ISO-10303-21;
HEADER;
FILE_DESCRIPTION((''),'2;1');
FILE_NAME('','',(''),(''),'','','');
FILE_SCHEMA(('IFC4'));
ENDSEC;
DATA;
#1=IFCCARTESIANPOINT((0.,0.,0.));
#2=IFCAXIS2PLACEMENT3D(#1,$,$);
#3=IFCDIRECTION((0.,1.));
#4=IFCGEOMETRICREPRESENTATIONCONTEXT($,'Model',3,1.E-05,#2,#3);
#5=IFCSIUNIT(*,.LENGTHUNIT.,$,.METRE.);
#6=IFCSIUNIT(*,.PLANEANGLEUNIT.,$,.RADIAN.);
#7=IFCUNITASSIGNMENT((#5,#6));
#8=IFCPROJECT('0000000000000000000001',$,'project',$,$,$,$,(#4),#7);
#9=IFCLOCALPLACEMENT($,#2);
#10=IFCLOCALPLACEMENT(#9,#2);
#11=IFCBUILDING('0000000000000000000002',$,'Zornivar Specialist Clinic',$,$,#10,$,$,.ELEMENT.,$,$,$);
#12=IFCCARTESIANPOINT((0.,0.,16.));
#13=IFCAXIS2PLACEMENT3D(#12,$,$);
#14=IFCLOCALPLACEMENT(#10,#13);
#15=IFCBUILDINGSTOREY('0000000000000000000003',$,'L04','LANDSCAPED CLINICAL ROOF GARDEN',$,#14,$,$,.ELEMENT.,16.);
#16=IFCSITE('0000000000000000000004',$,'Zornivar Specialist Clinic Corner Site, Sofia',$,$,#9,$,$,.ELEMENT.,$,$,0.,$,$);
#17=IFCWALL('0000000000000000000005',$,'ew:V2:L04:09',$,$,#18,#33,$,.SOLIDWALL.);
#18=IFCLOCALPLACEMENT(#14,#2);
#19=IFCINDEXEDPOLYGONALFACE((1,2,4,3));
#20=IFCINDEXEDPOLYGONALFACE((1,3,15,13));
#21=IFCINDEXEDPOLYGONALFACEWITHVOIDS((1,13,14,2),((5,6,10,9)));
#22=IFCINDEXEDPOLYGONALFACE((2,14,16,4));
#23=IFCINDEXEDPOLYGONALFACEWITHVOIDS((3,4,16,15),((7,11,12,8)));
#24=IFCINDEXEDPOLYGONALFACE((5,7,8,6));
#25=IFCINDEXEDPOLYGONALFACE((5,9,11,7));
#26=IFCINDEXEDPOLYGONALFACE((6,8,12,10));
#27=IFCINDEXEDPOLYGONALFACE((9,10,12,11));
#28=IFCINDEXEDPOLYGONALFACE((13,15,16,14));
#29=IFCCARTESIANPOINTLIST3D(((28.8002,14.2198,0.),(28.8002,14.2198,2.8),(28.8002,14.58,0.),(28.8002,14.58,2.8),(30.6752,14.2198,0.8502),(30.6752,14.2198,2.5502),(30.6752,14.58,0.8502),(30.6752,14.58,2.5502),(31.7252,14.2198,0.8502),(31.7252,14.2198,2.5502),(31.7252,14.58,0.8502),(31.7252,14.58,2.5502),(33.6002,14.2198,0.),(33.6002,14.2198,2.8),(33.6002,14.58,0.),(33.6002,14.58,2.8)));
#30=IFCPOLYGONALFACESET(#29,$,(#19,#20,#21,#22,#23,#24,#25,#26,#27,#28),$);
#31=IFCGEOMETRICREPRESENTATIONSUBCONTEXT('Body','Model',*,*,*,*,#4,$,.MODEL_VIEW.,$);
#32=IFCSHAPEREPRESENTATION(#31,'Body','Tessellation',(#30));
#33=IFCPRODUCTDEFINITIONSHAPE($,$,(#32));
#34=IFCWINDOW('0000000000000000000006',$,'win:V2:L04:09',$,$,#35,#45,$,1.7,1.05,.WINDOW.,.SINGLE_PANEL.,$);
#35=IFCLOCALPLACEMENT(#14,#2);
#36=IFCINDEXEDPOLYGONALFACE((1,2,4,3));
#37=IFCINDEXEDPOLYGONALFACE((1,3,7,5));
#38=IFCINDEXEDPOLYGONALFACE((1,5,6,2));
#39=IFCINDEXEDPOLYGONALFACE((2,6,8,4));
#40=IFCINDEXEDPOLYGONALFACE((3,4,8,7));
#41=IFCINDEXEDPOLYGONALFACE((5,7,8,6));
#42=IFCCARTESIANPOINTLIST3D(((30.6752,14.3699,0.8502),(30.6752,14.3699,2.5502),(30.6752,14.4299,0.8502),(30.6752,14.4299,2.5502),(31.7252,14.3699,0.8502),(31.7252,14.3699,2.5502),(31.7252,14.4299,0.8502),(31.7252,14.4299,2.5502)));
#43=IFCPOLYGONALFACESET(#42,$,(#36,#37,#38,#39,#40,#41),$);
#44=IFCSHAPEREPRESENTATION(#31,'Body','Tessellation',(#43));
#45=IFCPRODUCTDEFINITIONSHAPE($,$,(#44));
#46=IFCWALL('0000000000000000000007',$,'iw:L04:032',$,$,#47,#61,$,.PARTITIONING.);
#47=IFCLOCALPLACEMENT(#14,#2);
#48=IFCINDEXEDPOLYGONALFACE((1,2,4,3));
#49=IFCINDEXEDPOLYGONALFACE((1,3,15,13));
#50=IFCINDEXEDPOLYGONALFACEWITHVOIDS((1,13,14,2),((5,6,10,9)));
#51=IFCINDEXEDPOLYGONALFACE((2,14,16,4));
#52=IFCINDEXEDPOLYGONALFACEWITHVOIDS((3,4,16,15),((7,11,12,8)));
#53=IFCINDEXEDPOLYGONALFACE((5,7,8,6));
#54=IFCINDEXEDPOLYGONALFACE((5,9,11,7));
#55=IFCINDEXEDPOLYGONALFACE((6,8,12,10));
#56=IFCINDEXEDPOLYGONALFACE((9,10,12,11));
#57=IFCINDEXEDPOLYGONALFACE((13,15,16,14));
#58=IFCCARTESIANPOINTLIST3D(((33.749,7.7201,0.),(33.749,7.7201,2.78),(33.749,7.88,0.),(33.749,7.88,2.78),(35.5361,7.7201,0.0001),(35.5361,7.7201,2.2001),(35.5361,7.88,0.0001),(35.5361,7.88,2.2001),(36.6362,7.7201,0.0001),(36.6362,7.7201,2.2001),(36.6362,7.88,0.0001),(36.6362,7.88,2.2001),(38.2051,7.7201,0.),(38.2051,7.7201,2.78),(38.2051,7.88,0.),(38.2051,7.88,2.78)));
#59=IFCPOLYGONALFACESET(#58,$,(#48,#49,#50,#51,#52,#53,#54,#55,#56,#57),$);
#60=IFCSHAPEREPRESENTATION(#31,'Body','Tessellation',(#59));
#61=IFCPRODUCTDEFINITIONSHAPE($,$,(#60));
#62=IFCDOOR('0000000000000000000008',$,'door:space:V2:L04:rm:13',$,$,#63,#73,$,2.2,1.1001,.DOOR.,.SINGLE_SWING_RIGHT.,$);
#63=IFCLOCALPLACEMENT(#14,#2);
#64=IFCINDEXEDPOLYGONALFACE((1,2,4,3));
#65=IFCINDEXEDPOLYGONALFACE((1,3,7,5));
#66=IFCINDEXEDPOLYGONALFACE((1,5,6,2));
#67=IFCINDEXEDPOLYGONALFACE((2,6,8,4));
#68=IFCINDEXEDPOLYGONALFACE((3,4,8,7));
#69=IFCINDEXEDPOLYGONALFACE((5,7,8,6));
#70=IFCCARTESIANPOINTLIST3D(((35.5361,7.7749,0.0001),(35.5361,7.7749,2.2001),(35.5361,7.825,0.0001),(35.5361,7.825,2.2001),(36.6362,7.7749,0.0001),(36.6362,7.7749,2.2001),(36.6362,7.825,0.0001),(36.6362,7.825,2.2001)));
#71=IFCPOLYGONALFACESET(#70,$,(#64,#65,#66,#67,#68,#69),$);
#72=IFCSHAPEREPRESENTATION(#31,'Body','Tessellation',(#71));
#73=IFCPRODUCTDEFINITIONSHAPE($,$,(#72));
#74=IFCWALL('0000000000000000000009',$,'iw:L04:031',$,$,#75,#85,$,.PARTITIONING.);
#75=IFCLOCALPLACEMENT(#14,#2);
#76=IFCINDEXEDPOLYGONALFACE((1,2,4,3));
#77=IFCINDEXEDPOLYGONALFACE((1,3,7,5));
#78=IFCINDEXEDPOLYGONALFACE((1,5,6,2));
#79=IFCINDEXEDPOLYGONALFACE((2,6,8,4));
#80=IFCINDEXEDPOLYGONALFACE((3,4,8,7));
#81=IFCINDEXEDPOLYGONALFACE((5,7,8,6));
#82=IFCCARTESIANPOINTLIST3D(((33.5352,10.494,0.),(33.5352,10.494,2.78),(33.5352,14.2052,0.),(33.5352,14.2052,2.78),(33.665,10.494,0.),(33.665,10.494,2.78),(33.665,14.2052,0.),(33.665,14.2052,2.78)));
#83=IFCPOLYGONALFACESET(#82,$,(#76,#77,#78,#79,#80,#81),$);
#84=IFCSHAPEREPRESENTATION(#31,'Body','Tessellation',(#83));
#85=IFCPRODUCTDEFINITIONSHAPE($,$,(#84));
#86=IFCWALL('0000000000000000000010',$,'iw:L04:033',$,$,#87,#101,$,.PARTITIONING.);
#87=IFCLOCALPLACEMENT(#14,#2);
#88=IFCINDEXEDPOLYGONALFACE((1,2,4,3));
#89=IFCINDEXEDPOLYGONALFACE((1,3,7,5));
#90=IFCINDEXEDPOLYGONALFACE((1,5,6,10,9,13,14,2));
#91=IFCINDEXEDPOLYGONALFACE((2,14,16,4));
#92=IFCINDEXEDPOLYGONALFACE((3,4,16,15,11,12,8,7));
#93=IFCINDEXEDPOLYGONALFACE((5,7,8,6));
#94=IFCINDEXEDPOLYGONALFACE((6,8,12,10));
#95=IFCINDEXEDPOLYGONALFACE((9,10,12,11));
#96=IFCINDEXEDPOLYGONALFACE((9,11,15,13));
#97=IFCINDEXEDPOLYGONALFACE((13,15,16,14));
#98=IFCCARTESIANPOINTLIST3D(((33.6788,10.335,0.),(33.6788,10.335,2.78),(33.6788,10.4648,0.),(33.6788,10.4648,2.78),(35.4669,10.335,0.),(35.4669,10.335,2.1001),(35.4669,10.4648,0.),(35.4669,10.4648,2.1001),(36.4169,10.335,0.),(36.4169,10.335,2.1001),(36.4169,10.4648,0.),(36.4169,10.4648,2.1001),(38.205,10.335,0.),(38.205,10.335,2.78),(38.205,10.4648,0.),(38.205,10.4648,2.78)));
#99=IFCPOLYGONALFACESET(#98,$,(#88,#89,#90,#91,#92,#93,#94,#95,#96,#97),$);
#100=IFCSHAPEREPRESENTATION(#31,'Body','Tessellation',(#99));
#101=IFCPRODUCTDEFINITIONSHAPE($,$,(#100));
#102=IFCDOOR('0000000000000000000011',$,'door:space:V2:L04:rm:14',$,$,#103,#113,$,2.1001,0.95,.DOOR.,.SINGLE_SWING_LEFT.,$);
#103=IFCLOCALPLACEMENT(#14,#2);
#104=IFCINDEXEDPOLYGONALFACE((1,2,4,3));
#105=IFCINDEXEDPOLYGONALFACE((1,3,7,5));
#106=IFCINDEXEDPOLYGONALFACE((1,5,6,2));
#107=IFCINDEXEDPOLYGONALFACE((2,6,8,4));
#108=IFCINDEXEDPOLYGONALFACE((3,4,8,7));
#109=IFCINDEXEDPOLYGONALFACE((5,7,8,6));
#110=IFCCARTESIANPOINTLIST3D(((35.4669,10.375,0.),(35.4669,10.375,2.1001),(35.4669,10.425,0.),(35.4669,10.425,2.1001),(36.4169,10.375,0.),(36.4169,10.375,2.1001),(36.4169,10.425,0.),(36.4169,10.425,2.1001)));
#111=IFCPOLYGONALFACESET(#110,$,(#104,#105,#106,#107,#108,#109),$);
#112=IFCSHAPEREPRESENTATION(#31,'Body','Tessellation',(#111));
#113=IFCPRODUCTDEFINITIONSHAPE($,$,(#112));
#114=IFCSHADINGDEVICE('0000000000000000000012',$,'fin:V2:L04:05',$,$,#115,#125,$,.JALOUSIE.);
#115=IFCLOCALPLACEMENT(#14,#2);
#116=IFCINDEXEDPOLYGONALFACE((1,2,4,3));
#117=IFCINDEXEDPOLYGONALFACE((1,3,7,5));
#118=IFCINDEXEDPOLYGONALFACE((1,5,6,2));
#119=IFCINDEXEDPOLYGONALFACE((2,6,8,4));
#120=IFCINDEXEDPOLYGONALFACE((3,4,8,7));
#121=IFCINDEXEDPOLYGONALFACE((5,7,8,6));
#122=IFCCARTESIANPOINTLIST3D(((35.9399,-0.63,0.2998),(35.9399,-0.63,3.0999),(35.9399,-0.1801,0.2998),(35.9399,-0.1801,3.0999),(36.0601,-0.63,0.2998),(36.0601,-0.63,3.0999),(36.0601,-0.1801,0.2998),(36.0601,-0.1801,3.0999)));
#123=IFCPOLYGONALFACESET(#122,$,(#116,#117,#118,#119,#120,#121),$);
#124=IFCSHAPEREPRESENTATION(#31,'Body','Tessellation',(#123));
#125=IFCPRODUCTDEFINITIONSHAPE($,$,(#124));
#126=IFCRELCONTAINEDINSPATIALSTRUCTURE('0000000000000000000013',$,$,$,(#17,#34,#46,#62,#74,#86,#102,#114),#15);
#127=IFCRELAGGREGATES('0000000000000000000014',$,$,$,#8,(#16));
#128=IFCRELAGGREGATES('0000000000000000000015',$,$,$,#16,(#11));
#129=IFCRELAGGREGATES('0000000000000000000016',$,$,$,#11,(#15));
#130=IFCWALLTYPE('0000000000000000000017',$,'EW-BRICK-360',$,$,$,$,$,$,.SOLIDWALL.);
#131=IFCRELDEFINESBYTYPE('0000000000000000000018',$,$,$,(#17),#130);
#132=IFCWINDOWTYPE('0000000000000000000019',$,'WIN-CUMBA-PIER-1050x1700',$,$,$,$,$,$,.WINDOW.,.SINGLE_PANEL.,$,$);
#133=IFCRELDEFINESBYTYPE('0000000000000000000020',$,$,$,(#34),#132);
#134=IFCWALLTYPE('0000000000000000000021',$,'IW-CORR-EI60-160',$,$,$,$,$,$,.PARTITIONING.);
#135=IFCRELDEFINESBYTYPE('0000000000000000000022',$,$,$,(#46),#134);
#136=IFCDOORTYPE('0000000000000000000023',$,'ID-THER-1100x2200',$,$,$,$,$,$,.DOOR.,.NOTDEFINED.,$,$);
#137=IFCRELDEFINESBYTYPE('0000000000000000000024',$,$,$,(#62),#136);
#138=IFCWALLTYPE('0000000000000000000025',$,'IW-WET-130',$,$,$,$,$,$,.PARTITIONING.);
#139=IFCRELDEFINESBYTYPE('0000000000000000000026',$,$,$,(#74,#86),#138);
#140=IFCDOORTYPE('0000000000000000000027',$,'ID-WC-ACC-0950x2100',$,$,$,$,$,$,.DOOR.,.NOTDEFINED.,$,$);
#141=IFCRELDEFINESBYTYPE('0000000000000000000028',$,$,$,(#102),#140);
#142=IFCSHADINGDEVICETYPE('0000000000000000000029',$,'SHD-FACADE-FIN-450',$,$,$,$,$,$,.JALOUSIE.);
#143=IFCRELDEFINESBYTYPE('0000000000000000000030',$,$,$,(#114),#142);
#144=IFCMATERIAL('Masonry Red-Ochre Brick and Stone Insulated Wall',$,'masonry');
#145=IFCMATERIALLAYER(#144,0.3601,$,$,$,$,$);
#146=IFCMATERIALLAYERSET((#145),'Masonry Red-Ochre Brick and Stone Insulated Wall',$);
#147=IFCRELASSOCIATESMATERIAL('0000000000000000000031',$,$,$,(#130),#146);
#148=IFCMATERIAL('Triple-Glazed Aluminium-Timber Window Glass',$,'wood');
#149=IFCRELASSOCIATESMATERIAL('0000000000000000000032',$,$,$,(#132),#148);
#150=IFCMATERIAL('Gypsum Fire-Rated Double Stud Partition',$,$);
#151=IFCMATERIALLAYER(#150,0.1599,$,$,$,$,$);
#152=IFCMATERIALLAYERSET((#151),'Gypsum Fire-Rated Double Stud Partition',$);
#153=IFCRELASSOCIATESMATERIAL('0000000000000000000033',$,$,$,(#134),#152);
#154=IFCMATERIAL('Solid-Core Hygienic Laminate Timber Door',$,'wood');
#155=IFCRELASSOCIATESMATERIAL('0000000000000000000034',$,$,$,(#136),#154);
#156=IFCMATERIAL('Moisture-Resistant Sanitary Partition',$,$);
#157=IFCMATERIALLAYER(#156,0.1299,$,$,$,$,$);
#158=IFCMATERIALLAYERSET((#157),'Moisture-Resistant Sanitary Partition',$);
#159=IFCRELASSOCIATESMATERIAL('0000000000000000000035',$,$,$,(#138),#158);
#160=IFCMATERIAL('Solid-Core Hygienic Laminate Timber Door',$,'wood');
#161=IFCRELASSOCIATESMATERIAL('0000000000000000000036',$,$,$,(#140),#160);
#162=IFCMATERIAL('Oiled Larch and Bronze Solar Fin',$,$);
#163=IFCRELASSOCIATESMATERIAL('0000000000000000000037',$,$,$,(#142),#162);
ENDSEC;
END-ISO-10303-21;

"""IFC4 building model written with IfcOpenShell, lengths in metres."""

from ifc_helpers import new_model, si_unit, direction, frame, frame_2d, origin, origin_2d, place, context, subcontext, project, spatial, rectangle, extrude, material, layer, layer_set, type_object, element, fill, save


model = new_model("IFC4")

# Units and contexts
model_context = context("Model", 3, precision=1e-05, world=origin(), true_north=direction((0.0, 1.0)))
body_context = subcontext(model_context, "Body", "Model", "MODEL_VIEW")
ifc_project = project(units=[si_unit("LENGTHUNIT", "METRE"), si_unit("PLANEANGLEUNIT", "RADIAN")], contexts=[model_context])

# Site, building, storey
site_placement = place(None, origin())
site = spatial("IfcSite", under=ifc_project, at=site_placement, Name="Zornivar Specialist Clinic Corner Site, Sofia", CompositionType="ELEMENT", RefElevation=0.0)
building_placement = place(site_placement, origin())
building = spatial("IfcBuilding", under=site, at=building_placement, Name="Zornivar Specialist Clinic", CompositionType="ELEMENT")
storey_placement = place(building_placement, frame((0.0, 0.0, 16.0)))
storey = spatial("IfcBuildingStorey", under=building, at=storey_placement, Name="L04", Description="LANDSCAPED CLINICAL ROOF GARDEN", CompositionType="ELEMENT", Elevation=16.0)

# Wall, opening, window
ifc_material_1 = material(Name="Masonry Red-Ochre Brick and Stone Insulated Wall", Category="masonry")
ifc_layer_1 = layer(ifc_material_1, 0.3601)
ifc_layer_set_1 = layer_set([ifc_layer_1], Name="Masonry Red-Ochre Brick and Stone Insulated Wall")
wall_type_1 = type_object("IfcWallType", Name="EW-BRICK-360", PredefinedType="SOLIDWALL", material=ifc_layer_set_1)
ifc_material_2 = material(Name="Triple-Glazed Aluminium-Timber Window Glass", Category="wood")
window_type_1 = type_object("IfcWindowType", Name="WIN-CUMBA-PIER-1050x1700", PartitioningType="SINGLE_PANEL", PredefinedType="WINDOW", material=ifc_material_2)
wall_1_placement = place(storey_placement, frame((33.6001, 14.3999, 0.0), z_axis=(0.0, 0.0, 1.0), x_axis=(-1.0, 0.0, 0.0)))
wall_1 = element("IfcWall", 1, at=wall_1_placement, inside=storey, type_object=wall_type_1, Name="ew:V2:L04:09", PredefinedType="SOLIDWALL", context=body_context, shape_type="SweptSolid", body=[
    extrude(rectangle(XDim=4.8, YDim=0.3601, at=frame_2d((2.3999, 0.0))), origin(), (0.0, 0.0, 1.0), 2.8),
])
opening_1_placement = place(wall_1_placement, frame((1.875, 0.0, 0.8501)))
opening_1 = element("IfcOpeningElement", 2, at=opening_1_placement, cuts=wall_1, PredefinedType="OPENING", context=body_context, shape_type="SweptSolid", body=[
    extrude(rectangle(XDim=1.05, YDim=1.7, at=frame_2d((0.5249, 0.8501))), frame((0.0, 0.1899, 0.0), z_axis=(0.0, -1.0, 0.0), x_axis=(1.0, 0.0, 0.0)), (0.0, 0.0, 1.0), 0.3801),
])
window_1_placement = place(opening_1_placement, origin())
window_1 = element("IfcWindow", 3, at=window_1_placement, inside=storey, type_object=window_type_1, Name="win:V2:L04:09", OverallHeight=1.7, OverallWidth=1.05, PartitioningType="SINGLE_PANEL", PredefinedType="WINDOW", context=body_context, shape_type="SweptSolid", body=[
    extrude(rectangle(XDim=1.05, YDim=1.7, at=frame_2d((0.5249, 0.8501))), frame((0.0, 0.03, 0.0), z_axis=(0.0, -1.0, 0.0), x_axis=(1.0, 0.0, 0.0)), (0.0, 0.0, 1.0), 0.0601),
])
fill(opening_1, window_1)

# Wall, opening, door
ifc_material_3 = material(Name="Gypsum Fire-Rated Double Stud Partition")
ifc_layer_2 = layer(ifc_material_3, 0.1599)
ifc_layer_set_2 = layer_set([ifc_layer_2], Name="Gypsum Fire-Rated Double Stud Partition")
wall_type_2 = type_object("IfcWallType", Name="IW-CORR-EI60-160", PredefinedType="PARTITIONING", material=ifc_layer_set_2)
wall_2_placement = place(storey_placement, frame((33.749, 7.8, 0.0), z_axis=(0.0, 0.0, 1.0), x_axis=(1.0, 0.0, 0.0)))
wall_2 = element("IfcWall", 4, at=wall_2_placement, inside=storey, type_object=wall_type_2, Name="iw:L04:032", PredefinedType="PARTITIONING", context=body_context, shape_type="SweptSolid", body=[
    extrude(rectangle(XDim=4.4561, YDim=0.1599, at=frame_2d((2.228, 0.0))), origin(), (0.0, 0.0, 1.0), 2.78),
])
opening_2_placement = place(wall_2_placement, frame((1.7871, 0.0, 0.0)))
opening_2 = element("IfcOpeningElement", 5, at=opening_2_placement, cuts=wall_2, PredefinedType="OPENING", context=body_context, shape_type="SweptSolid", body=[
    extrude(rectangle(XDim=1.1001, YDim=2.2, at=frame_2d((0.55, 1.1001))), frame((0.0, 0.0898, 0.0), z_axis=(0.0, -1.0, 0.0), x_axis=(1.0, 0.0, 0.0)), (0.0, 0.0, 1.0), 0.1799),
])
ifc_material_4 = material(Name="Solid-Core Hygienic Laminate Timber Door", Category="wood")
door_type_1 = type_object("IfcDoorType", Name="ID-THER-1100x2200", OperationType="NOTDEFINED", PredefinedType="DOOR", material=ifc_material_4)
door_1_placement = place(opening_2_placement, origin())
door_1 = element("IfcDoor", 6, at=door_1_placement, inside=storey, type_object=door_type_1, Name="door:space:V2:L04:rm:13", OperationType="SINGLE_SWING_RIGHT", OverallHeight=2.2, OverallWidth=1.1001, PredefinedType="DOOR", context=body_context, shape_type="SweptSolid", body=[
    extrude(rectangle(XDim=1.1001, YDim=2.2, at=frame_2d((0.55, 1.1001))), frame((0.0, 0.0249, 0.0), z_axis=(0.0, -1.0, 0.0), x_axis=(1.0, 0.0, 0.0)), (0.0, 0.0, 1.0), 0.05),
])
fill(opening_2, door_1)

# Wall
ifc_material_5 = material(Name="Moisture-Resistant Sanitary Partition")
ifc_layer_3 = layer(ifc_material_5, 0.1299)
ifc_layer_set_3 = layer_set([ifc_layer_3], Name="Moisture-Resistant Sanitary Partition")
wall_type_3 = type_object("IfcWallType", Name="IW-WET-130", PredefinedType="PARTITIONING", material=ifc_layer_set_3)
wall_3_placement = place(storey_placement, frame((33.6001, 14.2051, 0.0), z_axis=(0.0, 0.0, 1.0), x_axis=(0.0, -1.0, 0.0)))
element("IfcWall", 7, at=wall_3_placement, inside=storey, type_object=wall_type_3, Name="iw:L04:031", PredefinedType="PARTITIONING", context=body_context, shape_type="SweptSolid", body=[
    extrude(rectangle(XDim=3.7112, YDim=0.1299, at=frame_2d((1.8555, 0.0))), origin(), (0.0, 0.0, 1.0), 2.78),
])

# Wall, opening, door
wall_4_placement = place(storey_placement, frame((38.2051, 10.3999, 0.0), z_axis=(0.0, 0.0, 1.0), x_axis=(-1.0, 0.0, 0.0)))
wall_4 = element("IfcWall", 8, at=wall_4_placement, inside=storey, type_object=wall_type_3, Name="iw:L04:033", PredefinedType="PARTITIONING", context=body_context, shape_type="SweptSolid", body=[
    extrude(rectangle(XDim=4.5261, YDim=0.1299, at=frame_2d((2.2632, 0.0))), origin(), (0.0, 0.0, 1.0), 2.78),
])
opening_3_placement = place(wall_4_placement, frame((1.7881, 0.0, 0.0)))
opening_3 = element("IfcOpeningElement", 9, at=opening_3_placement, cuts=wall_4, PredefinedType="OPENING", context=body_context, shape_type="SweptSolid", body=[
    extrude(rectangle(XDim=0.95, YDim=2.1001, at=frame_2d((0.4751, 1.05))), frame((0.0, 0.075, 0.0), z_axis=(0.0, -1.0, 0.0), x_axis=(1.0, 0.0, 0.0)), (0.0, 0.0, 1.0), 0.1499),
])
ifc_material_6 = material(Name="Solid-Core Hygienic Laminate Timber Door", Category="wood")
door_type_2 = type_object("IfcDoorType", Name="ID-WC-ACC-0950x2100", OperationType="NOTDEFINED", PredefinedType="DOOR", material=ifc_material_6)
door_2_placement = place(opening_3_placement, origin())
door_2 = element("IfcDoor", 10, at=door_2_placement, inside=storey, type_object=door_type_2, Name="door:space:V2:L04:rm:14", OperationType="SINGLE_SWING_LEFT", OverallHeight=2.1001, OverallWidth=0.95, PredefinedType="DOOR", context=body_context, shape_type="SweptSolid", body=[
    extrude(rectangle(XDim=0.95, YDim=2.1001, at=frame_2d((0.4751, 1.05))), frame((0.0, 0.0249, 0.0), z_axis=(0.0, -1.0, 0.0), x_axis=(1.0, 0.0, 0.0)), (0.0, 0.0, 1.0), 0.05),
])
fill(opening_3, door_2)

# Shading device
ifc_material_7 = material(Name="Oiled Larch and Bronze Solar Fin")
shading_device_type = type_object("IfcShadingDeviceType", Name="SHD-FACADE-FIN-450", PredefinedType="JALOUSIE", material=ifc_material_7)
shading_device_placement = place(storey_placement, frame((36.0, -0.405, 0.2998), z_axis=(0.0, 0.0, 1.0), x_axis=(1.0, 0.0, 0.0)))
element("IfcShadingDevice", 11, at=shading_device_placement, inside=storey, type_object=shading_device_type, Name="fin:V2:L04:05", PredefinedType="JALOUSIE", context=body_context, shape_type="SweptSolid", body=[
    extrude(rectangle(XDim=0.1201, YDim=0.45, at=origin_2d()), origin(), (0.0, 0.0, 1.0), 2.8),
])

save(model, "model.ifc")
